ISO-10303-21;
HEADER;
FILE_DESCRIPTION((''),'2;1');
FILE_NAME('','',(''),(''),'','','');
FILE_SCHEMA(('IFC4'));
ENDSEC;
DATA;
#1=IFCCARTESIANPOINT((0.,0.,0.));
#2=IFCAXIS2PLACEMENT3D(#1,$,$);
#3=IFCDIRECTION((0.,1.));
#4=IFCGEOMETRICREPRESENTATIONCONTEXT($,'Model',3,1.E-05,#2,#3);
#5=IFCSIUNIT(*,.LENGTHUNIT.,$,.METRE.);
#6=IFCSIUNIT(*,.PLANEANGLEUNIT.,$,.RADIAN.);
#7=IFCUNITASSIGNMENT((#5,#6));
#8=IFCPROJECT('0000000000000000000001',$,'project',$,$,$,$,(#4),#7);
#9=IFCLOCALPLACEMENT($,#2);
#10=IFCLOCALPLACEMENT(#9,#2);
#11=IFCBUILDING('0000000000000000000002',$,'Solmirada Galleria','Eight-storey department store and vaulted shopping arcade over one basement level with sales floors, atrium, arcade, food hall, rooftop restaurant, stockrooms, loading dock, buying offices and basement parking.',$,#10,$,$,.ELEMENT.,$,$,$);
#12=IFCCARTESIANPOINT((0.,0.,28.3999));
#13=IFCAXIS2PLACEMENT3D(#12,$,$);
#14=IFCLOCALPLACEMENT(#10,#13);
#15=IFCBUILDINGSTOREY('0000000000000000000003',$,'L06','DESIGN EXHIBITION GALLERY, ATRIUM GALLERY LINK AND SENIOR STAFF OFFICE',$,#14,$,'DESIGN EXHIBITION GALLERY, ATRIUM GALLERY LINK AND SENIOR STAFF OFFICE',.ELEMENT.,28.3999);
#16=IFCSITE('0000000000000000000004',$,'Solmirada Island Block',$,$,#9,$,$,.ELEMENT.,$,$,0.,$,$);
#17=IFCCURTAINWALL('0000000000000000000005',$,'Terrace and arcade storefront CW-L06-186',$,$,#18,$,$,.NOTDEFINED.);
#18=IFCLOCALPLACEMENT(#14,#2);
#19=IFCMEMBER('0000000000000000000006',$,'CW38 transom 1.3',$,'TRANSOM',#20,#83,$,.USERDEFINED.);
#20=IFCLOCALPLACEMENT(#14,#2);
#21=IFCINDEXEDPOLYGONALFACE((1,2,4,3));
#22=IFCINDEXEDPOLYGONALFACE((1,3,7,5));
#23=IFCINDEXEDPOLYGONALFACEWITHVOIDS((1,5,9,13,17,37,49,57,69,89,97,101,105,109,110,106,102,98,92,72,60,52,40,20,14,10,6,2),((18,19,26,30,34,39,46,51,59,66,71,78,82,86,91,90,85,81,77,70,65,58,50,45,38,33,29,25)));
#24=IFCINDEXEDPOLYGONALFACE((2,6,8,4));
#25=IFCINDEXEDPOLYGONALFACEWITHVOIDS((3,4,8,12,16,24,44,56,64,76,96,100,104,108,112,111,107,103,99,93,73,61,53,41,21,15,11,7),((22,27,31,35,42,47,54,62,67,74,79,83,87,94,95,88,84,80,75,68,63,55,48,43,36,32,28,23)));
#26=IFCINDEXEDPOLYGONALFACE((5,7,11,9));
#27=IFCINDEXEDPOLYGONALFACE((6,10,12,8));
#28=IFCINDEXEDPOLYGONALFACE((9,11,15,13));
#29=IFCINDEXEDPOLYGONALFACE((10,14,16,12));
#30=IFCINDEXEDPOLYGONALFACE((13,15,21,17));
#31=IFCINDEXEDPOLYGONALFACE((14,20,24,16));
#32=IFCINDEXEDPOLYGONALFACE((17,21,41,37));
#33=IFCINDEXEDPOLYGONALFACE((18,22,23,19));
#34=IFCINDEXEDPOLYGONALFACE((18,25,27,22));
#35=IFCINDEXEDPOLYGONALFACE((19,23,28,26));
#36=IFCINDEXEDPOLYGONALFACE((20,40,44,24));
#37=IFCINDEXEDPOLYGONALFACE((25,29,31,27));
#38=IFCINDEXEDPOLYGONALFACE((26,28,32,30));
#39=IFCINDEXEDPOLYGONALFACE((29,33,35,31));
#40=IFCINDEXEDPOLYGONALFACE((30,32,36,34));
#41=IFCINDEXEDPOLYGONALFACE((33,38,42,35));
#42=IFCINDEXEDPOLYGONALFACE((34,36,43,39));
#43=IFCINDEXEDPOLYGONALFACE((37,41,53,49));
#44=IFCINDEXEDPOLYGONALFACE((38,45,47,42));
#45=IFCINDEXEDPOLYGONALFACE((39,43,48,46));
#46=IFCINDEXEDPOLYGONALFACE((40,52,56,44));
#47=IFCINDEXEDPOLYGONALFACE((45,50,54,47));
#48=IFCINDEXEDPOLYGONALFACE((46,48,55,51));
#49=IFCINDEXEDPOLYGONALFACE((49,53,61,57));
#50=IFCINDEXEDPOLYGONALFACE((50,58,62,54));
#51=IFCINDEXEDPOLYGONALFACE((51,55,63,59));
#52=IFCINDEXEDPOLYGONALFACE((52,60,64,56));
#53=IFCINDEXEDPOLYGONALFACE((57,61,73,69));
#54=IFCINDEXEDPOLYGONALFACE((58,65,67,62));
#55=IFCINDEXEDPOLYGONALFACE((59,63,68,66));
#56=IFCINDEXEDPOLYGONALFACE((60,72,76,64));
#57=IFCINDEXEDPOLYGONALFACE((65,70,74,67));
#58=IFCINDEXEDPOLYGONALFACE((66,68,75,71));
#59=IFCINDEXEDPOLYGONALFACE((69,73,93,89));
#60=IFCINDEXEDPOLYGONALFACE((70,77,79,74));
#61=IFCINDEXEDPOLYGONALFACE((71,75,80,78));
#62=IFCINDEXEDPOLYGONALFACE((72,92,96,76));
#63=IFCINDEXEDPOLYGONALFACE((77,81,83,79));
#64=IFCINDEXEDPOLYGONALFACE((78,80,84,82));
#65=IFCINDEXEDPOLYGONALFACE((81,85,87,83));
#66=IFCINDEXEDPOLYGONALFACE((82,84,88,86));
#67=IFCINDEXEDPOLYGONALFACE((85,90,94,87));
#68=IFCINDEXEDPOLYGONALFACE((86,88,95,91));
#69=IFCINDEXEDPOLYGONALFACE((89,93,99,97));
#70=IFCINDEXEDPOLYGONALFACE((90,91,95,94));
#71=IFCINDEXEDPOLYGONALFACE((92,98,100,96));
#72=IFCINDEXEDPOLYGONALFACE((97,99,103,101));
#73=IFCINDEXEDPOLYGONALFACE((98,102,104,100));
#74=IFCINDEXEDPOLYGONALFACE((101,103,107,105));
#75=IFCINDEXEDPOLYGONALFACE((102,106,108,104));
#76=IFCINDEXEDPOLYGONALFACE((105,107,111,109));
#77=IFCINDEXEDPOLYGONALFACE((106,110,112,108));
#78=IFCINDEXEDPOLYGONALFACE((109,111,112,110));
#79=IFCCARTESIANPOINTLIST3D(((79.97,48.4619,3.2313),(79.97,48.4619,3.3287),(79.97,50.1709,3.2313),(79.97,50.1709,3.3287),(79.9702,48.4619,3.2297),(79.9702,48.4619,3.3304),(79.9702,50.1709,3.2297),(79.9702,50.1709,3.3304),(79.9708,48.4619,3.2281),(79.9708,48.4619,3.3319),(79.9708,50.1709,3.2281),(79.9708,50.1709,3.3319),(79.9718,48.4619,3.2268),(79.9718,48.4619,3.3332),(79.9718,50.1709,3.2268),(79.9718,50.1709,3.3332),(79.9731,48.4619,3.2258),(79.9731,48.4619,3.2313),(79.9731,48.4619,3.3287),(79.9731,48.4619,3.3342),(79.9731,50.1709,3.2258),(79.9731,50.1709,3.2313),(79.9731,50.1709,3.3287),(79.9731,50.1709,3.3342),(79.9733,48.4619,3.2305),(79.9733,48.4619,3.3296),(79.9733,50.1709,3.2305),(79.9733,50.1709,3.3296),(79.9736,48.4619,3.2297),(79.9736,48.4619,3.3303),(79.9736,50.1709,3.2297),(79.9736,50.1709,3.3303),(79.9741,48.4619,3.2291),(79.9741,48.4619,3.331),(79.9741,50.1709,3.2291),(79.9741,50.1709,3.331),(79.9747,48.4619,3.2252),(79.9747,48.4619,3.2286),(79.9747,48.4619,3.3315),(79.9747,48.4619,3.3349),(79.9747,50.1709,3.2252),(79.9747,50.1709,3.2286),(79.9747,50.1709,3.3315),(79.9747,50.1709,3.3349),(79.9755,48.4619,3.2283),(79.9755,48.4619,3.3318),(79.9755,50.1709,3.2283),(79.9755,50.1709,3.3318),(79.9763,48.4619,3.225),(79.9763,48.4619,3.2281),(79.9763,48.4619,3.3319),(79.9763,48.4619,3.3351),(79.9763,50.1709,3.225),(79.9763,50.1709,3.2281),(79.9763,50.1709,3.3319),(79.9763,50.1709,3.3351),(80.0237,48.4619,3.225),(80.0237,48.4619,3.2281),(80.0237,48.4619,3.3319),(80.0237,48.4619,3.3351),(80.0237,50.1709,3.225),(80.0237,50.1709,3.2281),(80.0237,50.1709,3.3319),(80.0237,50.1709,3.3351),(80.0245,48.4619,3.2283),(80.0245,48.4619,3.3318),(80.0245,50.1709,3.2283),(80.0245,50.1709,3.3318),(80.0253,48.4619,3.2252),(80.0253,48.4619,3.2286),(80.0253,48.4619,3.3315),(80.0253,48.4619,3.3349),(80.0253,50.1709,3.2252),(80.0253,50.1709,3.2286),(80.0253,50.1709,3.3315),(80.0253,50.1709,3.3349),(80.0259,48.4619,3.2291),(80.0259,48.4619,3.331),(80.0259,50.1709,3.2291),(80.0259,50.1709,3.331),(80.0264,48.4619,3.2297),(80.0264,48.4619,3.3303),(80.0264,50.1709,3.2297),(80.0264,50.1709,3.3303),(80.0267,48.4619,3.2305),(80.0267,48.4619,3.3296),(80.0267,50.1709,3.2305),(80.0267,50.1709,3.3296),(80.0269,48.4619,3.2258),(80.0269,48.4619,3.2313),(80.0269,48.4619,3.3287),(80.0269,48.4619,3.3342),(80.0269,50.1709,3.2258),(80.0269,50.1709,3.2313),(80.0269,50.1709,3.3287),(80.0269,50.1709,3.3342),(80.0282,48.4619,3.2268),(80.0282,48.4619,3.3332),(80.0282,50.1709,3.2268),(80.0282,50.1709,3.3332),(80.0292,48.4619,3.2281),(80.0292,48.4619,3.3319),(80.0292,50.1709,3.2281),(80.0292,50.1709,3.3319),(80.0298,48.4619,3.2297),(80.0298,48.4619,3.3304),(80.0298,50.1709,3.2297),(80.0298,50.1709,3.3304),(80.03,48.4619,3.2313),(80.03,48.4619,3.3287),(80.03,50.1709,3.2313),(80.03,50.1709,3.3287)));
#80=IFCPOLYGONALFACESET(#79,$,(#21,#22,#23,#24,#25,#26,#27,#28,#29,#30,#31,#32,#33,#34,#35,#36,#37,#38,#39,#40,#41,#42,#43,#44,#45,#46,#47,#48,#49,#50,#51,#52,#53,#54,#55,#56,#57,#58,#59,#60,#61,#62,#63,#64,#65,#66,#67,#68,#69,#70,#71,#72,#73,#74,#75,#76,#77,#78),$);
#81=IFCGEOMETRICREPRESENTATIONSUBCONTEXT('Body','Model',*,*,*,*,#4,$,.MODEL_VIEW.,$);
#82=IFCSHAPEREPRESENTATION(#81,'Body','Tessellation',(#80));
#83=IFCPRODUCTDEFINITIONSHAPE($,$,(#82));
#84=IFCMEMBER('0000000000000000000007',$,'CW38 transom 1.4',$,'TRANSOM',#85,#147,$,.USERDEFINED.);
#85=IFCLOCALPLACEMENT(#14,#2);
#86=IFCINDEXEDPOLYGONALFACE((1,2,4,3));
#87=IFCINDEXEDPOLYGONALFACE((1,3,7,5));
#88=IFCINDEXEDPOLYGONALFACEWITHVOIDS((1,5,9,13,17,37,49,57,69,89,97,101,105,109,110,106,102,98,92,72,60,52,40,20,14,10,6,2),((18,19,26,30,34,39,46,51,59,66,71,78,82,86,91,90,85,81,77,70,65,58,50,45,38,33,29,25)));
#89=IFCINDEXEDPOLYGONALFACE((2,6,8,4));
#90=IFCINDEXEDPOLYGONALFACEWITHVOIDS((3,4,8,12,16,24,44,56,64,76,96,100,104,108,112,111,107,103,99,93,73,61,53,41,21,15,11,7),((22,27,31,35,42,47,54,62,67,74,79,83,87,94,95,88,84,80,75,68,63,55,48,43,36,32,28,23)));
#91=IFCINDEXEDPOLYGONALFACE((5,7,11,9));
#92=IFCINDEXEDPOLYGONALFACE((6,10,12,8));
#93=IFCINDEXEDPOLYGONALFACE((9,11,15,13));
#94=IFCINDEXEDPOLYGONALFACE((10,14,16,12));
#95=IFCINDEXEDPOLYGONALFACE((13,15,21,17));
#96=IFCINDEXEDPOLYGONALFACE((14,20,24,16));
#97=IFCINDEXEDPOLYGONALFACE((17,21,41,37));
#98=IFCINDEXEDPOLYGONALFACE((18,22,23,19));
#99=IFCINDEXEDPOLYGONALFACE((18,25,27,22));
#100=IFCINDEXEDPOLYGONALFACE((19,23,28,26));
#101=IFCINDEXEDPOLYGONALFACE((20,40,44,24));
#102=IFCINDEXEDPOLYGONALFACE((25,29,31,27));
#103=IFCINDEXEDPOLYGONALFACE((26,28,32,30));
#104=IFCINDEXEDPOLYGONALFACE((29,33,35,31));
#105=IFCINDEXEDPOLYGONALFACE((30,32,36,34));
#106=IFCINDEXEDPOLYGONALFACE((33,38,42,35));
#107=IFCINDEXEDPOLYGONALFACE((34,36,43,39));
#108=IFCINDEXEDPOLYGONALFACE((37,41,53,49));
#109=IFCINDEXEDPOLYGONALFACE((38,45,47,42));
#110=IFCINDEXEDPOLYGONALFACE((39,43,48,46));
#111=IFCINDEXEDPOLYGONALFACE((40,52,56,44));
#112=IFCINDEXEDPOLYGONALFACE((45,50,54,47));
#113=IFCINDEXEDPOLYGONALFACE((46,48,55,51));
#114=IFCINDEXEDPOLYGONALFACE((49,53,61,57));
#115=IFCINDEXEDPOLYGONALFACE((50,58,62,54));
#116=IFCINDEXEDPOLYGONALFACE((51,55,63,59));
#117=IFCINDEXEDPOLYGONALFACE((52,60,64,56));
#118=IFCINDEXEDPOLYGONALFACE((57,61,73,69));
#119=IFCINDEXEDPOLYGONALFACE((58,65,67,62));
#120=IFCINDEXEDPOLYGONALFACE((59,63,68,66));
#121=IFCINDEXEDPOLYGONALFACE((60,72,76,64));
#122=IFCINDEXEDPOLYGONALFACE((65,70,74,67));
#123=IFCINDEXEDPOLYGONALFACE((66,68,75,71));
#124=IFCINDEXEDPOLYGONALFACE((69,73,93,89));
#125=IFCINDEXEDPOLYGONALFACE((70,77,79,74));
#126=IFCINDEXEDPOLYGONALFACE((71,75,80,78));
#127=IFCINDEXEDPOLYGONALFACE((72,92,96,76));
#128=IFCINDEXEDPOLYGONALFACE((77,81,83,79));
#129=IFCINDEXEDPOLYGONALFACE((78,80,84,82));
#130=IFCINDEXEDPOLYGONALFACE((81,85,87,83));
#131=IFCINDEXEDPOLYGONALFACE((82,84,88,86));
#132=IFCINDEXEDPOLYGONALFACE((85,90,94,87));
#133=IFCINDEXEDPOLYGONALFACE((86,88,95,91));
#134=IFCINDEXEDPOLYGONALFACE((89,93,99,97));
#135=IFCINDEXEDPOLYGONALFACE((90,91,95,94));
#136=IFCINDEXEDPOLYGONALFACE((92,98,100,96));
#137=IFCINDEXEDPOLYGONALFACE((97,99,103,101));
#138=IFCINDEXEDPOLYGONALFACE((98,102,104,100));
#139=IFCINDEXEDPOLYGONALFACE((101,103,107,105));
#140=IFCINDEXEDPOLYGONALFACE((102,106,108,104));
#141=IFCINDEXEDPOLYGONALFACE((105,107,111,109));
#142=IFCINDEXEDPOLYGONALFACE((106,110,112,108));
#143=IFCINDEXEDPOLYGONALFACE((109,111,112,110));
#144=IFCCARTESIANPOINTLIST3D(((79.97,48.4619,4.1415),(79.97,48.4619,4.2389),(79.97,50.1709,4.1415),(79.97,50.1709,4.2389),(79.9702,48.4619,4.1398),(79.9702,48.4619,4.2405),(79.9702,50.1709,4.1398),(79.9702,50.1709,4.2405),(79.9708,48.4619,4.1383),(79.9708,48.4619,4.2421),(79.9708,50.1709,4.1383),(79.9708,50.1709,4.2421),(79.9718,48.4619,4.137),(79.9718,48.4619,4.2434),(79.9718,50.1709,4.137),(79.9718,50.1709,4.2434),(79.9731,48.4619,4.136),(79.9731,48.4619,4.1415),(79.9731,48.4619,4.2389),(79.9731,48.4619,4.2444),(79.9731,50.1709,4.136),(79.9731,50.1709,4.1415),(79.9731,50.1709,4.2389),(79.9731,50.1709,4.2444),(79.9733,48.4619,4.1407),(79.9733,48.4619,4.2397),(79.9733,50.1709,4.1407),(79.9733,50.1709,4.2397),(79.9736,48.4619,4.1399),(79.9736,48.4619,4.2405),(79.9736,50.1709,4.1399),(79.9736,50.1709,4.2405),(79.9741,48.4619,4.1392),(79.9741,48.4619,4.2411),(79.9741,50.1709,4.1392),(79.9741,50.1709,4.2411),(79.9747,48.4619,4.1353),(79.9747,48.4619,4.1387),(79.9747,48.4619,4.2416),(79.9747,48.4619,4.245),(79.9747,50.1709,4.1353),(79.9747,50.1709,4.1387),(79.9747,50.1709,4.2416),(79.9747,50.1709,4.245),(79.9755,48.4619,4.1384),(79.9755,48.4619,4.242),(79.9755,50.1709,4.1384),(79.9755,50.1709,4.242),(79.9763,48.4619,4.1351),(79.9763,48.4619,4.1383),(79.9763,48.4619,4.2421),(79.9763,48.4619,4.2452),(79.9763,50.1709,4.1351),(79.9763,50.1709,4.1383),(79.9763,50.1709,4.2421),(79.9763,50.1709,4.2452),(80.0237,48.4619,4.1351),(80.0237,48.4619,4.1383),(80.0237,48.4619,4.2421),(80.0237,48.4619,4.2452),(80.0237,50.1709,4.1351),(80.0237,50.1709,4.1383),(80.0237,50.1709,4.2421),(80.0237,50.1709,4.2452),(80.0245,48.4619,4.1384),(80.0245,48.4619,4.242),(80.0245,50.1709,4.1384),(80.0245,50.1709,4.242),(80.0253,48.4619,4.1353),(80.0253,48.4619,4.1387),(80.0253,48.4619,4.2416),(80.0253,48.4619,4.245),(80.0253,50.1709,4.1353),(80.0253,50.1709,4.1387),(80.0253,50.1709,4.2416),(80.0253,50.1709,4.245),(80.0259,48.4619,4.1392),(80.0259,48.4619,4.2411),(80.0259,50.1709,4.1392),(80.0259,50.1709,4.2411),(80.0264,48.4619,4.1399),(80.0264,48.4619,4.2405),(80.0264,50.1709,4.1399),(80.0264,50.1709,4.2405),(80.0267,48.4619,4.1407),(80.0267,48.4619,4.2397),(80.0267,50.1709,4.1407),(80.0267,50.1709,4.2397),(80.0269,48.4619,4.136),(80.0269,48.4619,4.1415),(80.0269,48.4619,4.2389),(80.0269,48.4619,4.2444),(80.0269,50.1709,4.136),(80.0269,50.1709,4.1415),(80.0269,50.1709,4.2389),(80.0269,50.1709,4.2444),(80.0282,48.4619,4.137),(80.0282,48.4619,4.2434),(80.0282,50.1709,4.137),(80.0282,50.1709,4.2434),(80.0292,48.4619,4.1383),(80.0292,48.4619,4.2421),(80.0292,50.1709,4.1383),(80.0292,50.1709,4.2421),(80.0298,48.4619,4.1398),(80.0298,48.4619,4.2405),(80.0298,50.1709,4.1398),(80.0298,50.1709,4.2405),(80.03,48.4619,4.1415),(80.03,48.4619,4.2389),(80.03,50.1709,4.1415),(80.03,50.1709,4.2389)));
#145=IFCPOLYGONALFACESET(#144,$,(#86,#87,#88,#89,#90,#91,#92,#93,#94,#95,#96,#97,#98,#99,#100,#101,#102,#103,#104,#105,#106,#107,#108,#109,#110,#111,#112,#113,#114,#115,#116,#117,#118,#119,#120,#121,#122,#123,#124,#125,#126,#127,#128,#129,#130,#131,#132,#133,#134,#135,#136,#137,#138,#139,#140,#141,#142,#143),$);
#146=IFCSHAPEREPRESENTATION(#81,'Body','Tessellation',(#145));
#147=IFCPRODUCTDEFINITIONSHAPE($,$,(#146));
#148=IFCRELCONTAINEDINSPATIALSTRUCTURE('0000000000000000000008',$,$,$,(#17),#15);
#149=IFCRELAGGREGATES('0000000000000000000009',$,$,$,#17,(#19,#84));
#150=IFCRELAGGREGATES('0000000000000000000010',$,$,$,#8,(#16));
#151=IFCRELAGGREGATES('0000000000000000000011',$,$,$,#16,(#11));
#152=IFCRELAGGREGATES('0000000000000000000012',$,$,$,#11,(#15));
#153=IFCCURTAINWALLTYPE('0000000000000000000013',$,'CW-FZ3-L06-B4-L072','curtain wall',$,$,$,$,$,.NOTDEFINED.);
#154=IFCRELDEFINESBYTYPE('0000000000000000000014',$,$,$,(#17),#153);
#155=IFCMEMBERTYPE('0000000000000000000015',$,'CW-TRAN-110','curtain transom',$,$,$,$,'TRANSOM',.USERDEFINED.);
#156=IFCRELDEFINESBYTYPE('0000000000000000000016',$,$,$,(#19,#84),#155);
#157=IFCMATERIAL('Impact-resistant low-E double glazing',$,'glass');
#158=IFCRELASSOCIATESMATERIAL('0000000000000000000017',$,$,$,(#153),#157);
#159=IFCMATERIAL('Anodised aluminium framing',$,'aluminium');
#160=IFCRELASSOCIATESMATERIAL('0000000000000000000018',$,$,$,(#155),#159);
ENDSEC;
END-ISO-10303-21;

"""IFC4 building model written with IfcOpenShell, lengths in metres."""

from ifc_helpers import new_model, si_unit, direction, frame, origin, origin_2d, place, context, subcontext, project, spatial, hollow_rectangle, extrude, material, material_profile, profile_set, type_object, element, aggregate, save


model = new_model("IFC4")

# Units and contexts
model_context = context("Model", 3, precision=1e-05, world=origin(), true_north=direction((0.0, 1.0)))
body_context = subcontext(model_context, "Body", "Model", "MODEL_VIEW")
ifc_project = project(units=[si_unit("LENGTHUNIT", "METRE"), si_unit("PLANEANGLEUNIT", "RADIAN")], contexts=[model_context])

# Site, building, storey
site_placement = place(None, origin())
site = spatial("IfcSite", under=ifc_project, at=site_placement, Name="Solmirada Island Block", CompositionType="ELEMENT", RefElevation=0.0)
building_placement = place(site_placement, origin())
building = spatial("IfcBuilding", under=site, at=building_placement, Name="Solmirada Galleria", Description="Eight-storey department store and vaulted shopping arcade over one basement level with sales floors, atrium, arcade, food hall, rooftop restaurant, stockrooms, loading dock, buying offices and basement parking.", CompositionType="ELEMENT")
storey_placement = place(building_placement, frame((0.0, 0.0, 28.3999)))
storey = spatial("IfcBuildingStorey", under=building, at=storey_placement, Name="L06", Description="DESIGN EXHIBITION GALLERY, ATRIUM GALLERY LINK AND SENIOR STAFF OFFICE", LongName="DESIGN EXHIBITION GALLERY, ATRIUM GALLERY LINK AND SENIOR STAFF OFFICE", CompositionType="ELEMENT", Elevation=28.3999)

# Curtain wall, members
ifc_material_1 = material(Name="Impact-resistant low-E double glazing", Category="glass")
curtain_wall_type = type_object("IfcCurtainWallType", Name="CW-FZ3-L06-B4-L072", Description="curtain wall", PredefinedType="NOTDEFINED", material=ifc_material_1)
curtain_wall_placement = place(storey_placement, origin())
curtain_wall = element("IfcCurtainWall", 1, at=curtain_wall_placement, inside=storey, type_object=curtain_wall_type, Name="Terrace and arcade storefront CW-L06-186", PredefinedType="NOTDEFINED")
ifc_material_2 = material(Name="Anodised aluminium framing", Category="aluminium")
ifc_material_profile_1 = material_profile(ifc_material_2, hollow_rectangle(XDim=0.0601, YDim=0.1101, WallThickness=0.0032, InnerFilletRadius=0.0032, OuterFilletRadius=0.0063, at=origin_2d()), Name="ALU-TRAN-110X60")
ifc_profile_set_1 = profile_set([ifc_material_profile_1], Name="Anodised aluminium framing")
member_type_1 = type_object("IfcMemberType", Name="CW-TRAN-110", Description="curtain transom", ElementType="TRANSOM", PredefinedType="USERDEFINED", material=ifc_profile_set_1)
member_1_placement = place(storey_placement, frame((80.0, 48.4619, 3.28), z_axis=(0.0, 1.0, 0.0), x_axis=(-1.0, 0.0, 0.0)))
member_1 = element("IfcMember", 2, at=member_1_placement, type_object=member_type_1, Name="CW38 transom 1.3", ObjectType="TRANSOM", PredefinedType="USERDEFINED", context=body_context, shape_type="SweptSolid", body=[
    extrude(hollow_rectangle(XDim=0.0601, YDim=0.1101, WallThickness=0.0032, InnerFilletRadius=0.0032, OuterFilletRadius=0.0063, at=origin_2d()), origin(), (0.0, 0.0, 1.0), 1.709),
])
member_2_placement = place(storey_placement, frame((80.0, 48.4619, 4.1902), z_axis=(0.0, 1.0, 0.0), x_axis=(-1.0, 0.0, 0.0)))
member_2 = element("IfcMember", 3, at=member_2_placement, type_object=member_type_1, Name="CW38 transom 1.4", ObjectType="TRANSOM", PredefinedType="USERDEFINED", context=body_context, shape_type="SweptSolid", body=[
    extrude(hollow_rectangle(XDim=0.0601, YDim=0.1101, WallThickness=0.0032, InnerFilletRadius=0.0032, OuterFilletRadius=0.0063, at=origin_2d()), origin(), (0.0, 0.0, 1.0), 1.709),
])
aggregate(curtain_wall, [member_1, member_2])

save(model, "model.ifc")
